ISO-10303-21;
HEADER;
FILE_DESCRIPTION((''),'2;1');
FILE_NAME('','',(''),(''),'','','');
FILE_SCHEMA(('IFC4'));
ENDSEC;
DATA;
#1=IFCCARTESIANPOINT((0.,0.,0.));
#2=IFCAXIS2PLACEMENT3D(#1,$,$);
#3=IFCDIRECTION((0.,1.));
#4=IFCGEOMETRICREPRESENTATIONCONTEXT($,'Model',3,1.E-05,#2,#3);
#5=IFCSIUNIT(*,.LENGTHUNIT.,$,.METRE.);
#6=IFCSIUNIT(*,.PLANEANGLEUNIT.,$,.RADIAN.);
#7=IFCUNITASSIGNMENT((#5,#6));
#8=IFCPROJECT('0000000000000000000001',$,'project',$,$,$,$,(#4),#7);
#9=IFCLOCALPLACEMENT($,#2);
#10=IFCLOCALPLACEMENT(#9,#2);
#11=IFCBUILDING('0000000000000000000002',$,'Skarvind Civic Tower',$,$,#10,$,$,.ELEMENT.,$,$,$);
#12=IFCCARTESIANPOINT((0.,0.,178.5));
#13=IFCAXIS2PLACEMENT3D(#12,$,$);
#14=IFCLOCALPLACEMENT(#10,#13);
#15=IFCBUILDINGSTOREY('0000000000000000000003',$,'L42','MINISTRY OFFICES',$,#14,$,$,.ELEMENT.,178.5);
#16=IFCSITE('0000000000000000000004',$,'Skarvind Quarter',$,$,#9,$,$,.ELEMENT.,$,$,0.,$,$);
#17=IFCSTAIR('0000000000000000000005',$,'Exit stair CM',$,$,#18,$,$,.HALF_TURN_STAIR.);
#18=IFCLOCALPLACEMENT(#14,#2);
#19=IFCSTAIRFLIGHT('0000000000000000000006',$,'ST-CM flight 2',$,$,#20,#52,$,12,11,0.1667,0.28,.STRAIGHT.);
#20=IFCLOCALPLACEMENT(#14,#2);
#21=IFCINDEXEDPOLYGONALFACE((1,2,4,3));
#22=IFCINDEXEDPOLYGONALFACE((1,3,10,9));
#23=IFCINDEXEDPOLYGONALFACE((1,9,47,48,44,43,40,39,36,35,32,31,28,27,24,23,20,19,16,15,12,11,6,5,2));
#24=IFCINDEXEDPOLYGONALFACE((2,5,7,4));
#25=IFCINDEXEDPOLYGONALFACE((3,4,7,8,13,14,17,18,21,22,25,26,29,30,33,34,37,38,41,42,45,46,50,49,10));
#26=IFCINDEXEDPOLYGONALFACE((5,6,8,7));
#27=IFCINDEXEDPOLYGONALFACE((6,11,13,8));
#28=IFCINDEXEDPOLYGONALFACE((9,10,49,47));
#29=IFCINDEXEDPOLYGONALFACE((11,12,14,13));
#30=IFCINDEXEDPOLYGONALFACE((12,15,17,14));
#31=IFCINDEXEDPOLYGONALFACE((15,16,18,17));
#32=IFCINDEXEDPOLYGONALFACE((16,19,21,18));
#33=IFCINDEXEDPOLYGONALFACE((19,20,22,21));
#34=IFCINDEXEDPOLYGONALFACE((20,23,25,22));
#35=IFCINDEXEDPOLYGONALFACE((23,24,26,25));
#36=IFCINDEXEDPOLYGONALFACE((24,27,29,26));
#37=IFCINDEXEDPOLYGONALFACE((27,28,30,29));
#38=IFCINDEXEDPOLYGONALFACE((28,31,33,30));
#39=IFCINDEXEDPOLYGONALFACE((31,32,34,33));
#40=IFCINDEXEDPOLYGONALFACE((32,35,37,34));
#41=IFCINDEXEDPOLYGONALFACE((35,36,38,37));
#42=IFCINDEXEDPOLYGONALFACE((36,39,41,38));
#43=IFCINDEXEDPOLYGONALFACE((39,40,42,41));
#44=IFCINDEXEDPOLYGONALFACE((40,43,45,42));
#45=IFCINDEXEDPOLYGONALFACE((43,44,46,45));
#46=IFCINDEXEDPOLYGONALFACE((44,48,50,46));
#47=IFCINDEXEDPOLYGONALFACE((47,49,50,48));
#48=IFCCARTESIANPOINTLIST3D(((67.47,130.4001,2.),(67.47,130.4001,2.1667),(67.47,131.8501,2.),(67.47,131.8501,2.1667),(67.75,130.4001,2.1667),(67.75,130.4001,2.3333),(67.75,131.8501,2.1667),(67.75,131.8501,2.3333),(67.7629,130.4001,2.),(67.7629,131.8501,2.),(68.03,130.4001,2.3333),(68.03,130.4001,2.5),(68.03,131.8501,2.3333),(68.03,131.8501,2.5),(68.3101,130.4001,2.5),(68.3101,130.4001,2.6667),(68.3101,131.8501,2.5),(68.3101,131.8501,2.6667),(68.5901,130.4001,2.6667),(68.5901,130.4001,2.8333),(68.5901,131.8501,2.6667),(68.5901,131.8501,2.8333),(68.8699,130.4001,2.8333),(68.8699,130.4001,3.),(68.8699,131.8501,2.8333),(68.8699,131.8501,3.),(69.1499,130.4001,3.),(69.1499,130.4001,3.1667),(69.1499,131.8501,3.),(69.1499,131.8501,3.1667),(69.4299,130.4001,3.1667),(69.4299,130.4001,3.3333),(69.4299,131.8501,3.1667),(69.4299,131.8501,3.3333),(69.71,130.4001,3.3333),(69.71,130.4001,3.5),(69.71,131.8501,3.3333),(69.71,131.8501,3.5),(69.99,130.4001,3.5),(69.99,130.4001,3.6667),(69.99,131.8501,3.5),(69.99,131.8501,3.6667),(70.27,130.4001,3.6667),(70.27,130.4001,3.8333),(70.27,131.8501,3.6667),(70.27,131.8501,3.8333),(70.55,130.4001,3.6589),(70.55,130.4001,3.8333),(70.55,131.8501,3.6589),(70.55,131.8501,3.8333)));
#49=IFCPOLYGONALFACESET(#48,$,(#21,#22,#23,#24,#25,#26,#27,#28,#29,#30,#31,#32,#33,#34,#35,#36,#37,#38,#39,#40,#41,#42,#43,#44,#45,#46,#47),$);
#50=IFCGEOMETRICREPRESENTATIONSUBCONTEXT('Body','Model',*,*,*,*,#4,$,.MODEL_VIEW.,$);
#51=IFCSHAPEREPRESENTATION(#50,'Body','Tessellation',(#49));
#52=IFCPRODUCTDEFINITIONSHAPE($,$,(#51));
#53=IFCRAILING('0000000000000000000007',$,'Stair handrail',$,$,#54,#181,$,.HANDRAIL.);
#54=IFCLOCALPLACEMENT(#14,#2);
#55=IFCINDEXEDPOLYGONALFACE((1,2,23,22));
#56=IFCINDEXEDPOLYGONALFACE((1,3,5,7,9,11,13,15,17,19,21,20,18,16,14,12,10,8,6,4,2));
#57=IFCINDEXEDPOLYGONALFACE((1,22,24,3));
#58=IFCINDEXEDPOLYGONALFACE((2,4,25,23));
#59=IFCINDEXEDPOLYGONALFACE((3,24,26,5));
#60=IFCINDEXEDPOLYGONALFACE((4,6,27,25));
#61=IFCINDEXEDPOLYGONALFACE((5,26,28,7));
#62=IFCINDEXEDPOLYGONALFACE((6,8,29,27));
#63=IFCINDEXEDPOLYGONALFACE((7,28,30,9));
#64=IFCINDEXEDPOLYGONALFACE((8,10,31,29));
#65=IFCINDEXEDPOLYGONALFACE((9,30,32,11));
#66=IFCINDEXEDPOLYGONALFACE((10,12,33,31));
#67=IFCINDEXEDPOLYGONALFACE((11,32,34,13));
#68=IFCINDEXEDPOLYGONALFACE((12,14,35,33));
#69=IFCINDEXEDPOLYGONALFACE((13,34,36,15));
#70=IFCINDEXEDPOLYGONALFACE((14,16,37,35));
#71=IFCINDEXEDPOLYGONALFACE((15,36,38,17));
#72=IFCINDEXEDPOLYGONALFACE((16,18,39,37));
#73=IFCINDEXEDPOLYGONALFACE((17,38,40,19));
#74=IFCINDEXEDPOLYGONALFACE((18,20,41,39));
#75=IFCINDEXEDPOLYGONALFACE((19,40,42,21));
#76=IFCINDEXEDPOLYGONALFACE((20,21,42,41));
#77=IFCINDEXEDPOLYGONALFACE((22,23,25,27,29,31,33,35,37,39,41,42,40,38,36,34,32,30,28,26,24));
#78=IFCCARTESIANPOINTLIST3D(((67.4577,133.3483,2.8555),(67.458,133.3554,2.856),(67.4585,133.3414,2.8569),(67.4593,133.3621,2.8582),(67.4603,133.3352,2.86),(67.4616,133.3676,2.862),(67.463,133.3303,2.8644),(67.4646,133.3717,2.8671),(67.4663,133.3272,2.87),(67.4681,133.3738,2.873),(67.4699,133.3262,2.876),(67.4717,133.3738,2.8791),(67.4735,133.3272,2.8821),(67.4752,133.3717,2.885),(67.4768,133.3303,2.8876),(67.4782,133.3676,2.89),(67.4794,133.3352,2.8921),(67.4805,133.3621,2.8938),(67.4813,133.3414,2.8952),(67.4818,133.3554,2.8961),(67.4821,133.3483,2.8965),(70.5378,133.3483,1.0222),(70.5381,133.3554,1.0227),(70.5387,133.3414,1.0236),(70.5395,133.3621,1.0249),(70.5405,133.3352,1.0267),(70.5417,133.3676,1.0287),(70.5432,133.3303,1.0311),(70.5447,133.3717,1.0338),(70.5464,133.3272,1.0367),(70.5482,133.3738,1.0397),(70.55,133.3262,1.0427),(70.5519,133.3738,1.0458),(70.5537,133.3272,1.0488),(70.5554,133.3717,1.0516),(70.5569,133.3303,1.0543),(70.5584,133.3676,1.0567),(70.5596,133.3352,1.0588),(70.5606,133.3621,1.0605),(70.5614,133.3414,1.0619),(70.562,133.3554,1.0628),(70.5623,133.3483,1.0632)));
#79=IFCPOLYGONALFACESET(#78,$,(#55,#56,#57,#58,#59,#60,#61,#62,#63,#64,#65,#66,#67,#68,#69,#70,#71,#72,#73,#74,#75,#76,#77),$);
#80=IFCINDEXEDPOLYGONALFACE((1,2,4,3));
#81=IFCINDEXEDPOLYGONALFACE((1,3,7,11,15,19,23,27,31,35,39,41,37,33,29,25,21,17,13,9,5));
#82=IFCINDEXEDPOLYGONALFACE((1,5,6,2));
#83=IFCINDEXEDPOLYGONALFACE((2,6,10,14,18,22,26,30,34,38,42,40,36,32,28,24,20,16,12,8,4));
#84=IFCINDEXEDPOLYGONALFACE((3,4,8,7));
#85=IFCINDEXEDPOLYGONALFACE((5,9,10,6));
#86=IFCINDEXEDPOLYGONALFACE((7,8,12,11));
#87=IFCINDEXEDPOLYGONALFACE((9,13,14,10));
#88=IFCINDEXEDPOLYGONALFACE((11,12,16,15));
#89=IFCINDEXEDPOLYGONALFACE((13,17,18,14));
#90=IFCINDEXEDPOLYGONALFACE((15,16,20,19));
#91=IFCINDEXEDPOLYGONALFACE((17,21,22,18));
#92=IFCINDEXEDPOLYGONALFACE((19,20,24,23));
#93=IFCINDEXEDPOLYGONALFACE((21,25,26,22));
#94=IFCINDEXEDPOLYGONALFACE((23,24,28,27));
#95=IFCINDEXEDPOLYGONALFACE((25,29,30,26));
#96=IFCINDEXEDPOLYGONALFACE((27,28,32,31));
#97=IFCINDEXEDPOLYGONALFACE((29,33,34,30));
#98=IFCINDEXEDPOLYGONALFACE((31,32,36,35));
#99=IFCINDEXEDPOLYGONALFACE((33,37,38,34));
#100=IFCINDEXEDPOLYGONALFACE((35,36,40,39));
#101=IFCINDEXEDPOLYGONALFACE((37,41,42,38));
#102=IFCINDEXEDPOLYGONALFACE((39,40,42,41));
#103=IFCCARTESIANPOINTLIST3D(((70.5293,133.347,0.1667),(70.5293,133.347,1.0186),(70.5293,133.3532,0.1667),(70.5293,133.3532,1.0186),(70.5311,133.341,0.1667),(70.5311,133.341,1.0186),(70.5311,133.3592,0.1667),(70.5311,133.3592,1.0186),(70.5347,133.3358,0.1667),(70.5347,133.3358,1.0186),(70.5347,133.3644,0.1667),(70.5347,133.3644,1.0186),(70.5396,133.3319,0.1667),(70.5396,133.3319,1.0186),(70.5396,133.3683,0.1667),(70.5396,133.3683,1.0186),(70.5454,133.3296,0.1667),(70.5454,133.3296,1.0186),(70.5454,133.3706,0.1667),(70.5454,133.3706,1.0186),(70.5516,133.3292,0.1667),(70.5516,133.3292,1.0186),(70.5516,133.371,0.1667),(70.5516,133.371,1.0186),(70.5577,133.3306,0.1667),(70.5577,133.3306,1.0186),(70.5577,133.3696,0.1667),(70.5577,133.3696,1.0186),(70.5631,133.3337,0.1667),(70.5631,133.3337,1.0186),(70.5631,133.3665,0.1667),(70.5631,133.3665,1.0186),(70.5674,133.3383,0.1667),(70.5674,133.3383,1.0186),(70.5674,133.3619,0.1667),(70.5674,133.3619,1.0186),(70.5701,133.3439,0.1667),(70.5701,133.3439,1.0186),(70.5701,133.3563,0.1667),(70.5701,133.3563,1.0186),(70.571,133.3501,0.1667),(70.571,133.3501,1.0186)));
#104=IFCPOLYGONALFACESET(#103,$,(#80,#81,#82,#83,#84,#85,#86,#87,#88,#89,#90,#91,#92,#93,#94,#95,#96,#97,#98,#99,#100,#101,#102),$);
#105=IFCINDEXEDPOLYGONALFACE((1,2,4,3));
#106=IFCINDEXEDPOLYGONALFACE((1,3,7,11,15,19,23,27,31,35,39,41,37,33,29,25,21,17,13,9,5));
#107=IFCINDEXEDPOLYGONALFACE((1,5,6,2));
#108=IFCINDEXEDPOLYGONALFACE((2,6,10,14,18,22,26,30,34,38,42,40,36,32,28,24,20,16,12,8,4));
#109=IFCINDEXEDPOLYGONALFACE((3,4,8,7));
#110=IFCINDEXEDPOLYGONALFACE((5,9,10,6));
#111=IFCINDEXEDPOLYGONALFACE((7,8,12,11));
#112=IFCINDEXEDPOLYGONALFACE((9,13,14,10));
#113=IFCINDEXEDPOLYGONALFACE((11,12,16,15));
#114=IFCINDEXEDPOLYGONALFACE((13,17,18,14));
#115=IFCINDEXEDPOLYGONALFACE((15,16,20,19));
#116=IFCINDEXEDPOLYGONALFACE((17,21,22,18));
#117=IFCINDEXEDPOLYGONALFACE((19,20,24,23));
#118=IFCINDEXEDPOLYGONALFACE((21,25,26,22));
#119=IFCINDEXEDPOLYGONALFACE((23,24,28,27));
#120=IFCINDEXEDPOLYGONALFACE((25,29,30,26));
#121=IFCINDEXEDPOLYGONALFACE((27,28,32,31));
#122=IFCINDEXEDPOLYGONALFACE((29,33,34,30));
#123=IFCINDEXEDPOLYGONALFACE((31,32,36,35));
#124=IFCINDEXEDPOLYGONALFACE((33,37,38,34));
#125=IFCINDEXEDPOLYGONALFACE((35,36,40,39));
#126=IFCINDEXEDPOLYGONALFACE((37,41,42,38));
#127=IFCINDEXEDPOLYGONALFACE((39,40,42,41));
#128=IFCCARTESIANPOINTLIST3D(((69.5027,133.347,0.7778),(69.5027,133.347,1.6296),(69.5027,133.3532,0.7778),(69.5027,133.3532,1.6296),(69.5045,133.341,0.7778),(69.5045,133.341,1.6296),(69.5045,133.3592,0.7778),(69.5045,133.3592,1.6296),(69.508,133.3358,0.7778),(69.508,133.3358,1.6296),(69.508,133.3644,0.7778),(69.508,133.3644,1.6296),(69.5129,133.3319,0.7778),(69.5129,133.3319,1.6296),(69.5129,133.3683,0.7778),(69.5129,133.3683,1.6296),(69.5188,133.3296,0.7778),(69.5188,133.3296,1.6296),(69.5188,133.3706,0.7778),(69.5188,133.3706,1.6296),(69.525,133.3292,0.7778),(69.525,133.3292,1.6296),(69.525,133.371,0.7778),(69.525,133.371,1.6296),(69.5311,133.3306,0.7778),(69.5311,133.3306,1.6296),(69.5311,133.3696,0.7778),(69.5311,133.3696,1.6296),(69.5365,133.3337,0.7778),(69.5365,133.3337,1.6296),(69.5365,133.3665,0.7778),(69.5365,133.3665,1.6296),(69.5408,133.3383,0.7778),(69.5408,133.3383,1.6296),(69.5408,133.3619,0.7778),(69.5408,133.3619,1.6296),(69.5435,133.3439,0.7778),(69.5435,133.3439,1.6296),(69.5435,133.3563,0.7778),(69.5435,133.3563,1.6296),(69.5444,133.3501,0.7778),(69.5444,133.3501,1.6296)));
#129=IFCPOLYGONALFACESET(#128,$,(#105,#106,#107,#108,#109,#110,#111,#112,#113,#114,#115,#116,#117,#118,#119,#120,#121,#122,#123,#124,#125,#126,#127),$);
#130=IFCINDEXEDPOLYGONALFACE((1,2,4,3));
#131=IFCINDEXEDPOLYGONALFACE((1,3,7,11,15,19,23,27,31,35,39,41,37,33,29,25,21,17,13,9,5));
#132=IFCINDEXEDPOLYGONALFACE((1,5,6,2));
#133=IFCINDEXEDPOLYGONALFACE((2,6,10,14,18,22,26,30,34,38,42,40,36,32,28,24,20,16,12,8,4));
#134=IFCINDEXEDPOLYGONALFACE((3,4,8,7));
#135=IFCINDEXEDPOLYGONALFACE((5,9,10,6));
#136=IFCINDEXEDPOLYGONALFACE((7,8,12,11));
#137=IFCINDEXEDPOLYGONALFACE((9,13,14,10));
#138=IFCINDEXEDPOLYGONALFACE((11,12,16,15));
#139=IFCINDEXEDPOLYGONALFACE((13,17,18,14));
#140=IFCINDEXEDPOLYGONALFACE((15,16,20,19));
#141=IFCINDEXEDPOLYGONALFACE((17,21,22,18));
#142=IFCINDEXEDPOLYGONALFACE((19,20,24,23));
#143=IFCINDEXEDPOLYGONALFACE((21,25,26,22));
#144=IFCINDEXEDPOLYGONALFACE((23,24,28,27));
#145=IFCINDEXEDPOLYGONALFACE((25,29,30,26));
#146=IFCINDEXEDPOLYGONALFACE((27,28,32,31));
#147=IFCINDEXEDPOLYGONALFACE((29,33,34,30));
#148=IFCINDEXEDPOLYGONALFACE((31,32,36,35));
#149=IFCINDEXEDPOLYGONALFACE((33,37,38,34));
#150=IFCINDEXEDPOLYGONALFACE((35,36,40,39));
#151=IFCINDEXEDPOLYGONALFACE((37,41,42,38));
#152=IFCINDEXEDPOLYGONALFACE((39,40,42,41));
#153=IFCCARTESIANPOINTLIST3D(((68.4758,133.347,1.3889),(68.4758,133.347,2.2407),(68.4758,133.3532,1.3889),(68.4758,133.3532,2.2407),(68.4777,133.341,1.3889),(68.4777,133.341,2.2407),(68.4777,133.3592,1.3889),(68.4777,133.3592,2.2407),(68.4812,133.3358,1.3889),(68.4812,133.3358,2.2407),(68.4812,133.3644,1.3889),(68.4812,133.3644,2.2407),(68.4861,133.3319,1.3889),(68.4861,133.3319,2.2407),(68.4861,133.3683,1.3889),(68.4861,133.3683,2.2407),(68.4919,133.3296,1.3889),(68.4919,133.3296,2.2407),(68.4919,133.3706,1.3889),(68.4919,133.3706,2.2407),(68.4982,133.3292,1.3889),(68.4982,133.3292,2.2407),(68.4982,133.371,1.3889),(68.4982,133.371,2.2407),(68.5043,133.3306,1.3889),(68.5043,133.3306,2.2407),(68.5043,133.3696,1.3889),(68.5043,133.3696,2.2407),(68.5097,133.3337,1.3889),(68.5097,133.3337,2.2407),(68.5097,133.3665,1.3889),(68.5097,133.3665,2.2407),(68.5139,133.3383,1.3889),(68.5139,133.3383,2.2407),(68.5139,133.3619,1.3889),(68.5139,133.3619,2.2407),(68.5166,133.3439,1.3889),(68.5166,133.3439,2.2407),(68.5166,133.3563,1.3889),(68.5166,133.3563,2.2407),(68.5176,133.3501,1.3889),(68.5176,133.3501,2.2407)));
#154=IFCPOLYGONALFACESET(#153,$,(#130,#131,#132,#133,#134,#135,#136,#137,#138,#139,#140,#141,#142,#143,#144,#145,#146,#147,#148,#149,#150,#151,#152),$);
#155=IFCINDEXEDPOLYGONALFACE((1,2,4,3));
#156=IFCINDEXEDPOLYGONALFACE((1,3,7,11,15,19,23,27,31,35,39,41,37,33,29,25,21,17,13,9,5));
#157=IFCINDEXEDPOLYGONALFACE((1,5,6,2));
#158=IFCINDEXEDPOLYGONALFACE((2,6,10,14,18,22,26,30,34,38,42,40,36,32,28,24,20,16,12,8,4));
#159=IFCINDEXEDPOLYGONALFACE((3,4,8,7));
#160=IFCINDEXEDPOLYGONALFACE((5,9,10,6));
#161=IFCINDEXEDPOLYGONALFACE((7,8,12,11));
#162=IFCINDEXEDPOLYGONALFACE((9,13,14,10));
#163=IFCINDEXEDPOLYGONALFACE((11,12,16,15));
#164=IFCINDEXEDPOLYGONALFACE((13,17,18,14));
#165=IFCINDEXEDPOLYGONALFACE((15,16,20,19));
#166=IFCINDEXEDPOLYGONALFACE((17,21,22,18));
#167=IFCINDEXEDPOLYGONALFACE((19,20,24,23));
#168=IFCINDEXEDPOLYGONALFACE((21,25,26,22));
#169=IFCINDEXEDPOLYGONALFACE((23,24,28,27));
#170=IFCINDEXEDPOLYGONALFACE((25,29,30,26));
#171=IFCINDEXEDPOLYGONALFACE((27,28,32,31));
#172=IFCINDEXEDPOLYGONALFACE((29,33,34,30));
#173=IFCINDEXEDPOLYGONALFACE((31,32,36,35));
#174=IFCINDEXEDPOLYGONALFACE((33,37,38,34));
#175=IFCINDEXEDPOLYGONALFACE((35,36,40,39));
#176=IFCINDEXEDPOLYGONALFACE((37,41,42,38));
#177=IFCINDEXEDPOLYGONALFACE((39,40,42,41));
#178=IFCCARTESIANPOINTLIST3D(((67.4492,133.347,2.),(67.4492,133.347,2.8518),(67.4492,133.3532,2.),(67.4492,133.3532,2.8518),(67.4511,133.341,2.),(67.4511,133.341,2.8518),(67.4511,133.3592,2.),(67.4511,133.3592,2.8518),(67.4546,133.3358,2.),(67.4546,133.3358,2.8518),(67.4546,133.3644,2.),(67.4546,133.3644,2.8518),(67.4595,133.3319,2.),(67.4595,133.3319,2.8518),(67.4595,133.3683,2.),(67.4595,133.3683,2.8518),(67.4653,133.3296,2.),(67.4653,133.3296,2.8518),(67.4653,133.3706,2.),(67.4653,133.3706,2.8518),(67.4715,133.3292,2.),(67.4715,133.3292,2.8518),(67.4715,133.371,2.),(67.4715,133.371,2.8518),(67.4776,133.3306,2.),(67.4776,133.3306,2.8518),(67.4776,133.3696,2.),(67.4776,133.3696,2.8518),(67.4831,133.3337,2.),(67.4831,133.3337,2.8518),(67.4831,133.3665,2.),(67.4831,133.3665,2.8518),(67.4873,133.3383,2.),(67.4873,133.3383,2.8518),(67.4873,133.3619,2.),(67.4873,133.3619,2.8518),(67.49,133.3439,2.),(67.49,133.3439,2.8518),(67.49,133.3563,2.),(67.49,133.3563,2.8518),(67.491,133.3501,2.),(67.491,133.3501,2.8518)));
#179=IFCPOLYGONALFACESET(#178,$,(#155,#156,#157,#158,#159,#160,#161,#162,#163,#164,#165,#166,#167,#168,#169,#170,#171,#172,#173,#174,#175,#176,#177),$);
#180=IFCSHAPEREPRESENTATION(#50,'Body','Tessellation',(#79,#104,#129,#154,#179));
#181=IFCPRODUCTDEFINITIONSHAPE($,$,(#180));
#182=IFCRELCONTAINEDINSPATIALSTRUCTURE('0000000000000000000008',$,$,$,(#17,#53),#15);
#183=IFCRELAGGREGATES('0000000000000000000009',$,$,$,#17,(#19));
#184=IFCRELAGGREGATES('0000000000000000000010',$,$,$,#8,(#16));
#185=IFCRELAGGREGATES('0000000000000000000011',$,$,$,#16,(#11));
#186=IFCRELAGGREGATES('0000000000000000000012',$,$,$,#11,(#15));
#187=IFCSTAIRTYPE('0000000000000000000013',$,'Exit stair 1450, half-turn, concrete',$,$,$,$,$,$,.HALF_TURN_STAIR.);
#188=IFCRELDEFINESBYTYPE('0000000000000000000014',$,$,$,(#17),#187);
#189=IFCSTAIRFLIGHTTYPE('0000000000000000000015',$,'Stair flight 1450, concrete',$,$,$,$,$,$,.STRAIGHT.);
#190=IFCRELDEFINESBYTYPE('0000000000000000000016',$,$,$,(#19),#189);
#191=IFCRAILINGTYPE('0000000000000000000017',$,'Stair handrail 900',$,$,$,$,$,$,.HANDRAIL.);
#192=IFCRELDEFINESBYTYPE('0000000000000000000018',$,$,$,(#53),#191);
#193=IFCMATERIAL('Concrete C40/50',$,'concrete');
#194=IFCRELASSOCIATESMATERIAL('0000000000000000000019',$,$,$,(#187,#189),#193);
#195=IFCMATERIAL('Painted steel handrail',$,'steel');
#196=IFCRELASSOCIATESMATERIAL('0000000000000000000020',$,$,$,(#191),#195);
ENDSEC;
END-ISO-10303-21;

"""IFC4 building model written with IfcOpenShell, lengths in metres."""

from ifc_helpers import new_model, si_unit, direction, frame, origin, origin_2d, place, context, subcontext, project, spatial, polyline, circle, outline, extrude, material, type_object, element, aggregate, save


model = new_model("IFC4")

# Units and contexts
model_context = context("Model", 3, precision=1e-05, world=origin(), true_north=direction((0.0, 1.0)))
body_context = subcontext(model_context, "Body", "Model", "MODEL_VIEW")
ifc_project = project(units=[si_unit("LENGTHUNIT", "METRE"), si_unit("PLANEANGLEUNIT", "RADIAN")], contexts=[model_context])

# Site, building, storey
site_placement = place(None, origin())
site = spatial("IfcSite", under=ifc_project, at=site_placement, Name="Skarvind Quarter", CompositionType="ELEMENT", RefElevation=0.0)
building_placement = place(site_placement, origin())
building = spatial("IfcBuilding", under=site, at=building_placement, Name="Skarvind Civic Tower", CompositionType="ELEMENT")
storey_placement = place(building_placement, frame((0.0, 0.0, 178.5)))
storey = spatial("IfcBuildingStorey", under=building, at=storey_placement, Name="L42", Description="MINISTRY OFFICES", CompositionType="ELEMENT", Elevation=178.5)

# Stair, stair flight
ifc_material_1 = material(Name="Concrete C40/50", Category="concrete")
stair_type = type_object("IfcStairType", Name="Exit stair 1450, half-turn, concrete", PredefinedType="HALF_TURN_STAIR", material=ifc_material_1)
stair_placement = place(storey_placement, origin())
stair = element("IfcStair", 1, at=stair_placement, inside=storey, type_object=stair_type, Name="Exit stair CM", PredefinedType="HALF_TURN_STAIR")
stair_flight_type = type_object("IfcStairFlightType", Name="Stair flight 1450, concrete", PredefinedType="STRAIGHT", material=ifc_material_1)
stair_flight_1_placement = place(storey_placement, frame((67.47, 131.125, 2.0), z_axis=(0.0, 0.0, 1.0), x_axis=(1.0, 0.0, 0.0)))
stair_flight_1 = element("IfcStairFlight", 2, at=stair_flight_1_placement, type_object=stair_flight_type, Name="ST-CM flight 2", NumberOfRisers=12, NumberOfTreads=11, PredefinedType="STRAIGHT", RiserHeight=0.1667, TreadLength=0.28, context=body_context, shape_type="SweptSolid", body=[
    extrude(outline(polyline([(0.0, 0.0), (0.0, 0.1667), (0.28, 0.1667), (0.28, 0.3333), (0.5601, 0.3333), (0.5601, 0.5), (0.8401, 0.5), (0.8401, 0.6667), (1.1201, 0.6667), (1.1201, 0.8333), (1.3999, 0.8333), (1.3999, 1.0), (1.6799, 1.0), (1.6799, 1.1667), (1.96, 1.1667), (1.96, 1.3333), (2.24, 1.3333), (2.24, 1.5), (2.52, 1.5), (2.52, 1.6667), (2.8, 1.6667), (2.8, 1.8333), (3.0801, 1.8333), (3.0801, 2.0), (3.0801, 1.6589), (0.293, 0.0), (0.0, 0.0)])), frame((0.0, 0.7251, 0.0), z_axis=(0.0, -1.0, 0.0), x_axis=(1.0, 0.0, 0.0)), (0.0, 0.0, 1.0), 1.45),
])
aggregate(stair, [stair_flight_1])

# Railing
ifc_material_2 = material(Name="Painted steel handrail", Category="steel")
railing_type_1 = type_object("IfcRailingType", Name="Stair handrail 900", PredefinedType="HANDRAIL", material=ifc_material_2)
railing_1_placement = place(storey_placement, frame((70.55, 133.3501, 0.1667)))
element("IfcRailing", 3, at=railing_1_placement, inside=storey, type_object=railing_type_1, Name="Stair handrail", PredefinedType="HANDRAIL", context=body_context, shape_type="SweptSolid", body=[
    extrude(circle(Radius=0.0239, at=origin_2d()), frame((0.0, 0.0, 0.876), z_axis=(-0.859309, 0.0, 0.511458), x_axis=(0.0, -1.0, 0.0)), (0.0, 0.0, 1.0), 3.5845),
    extrude(circle(Radius=0.021, at=origin_2d()), origin(), (0.0, 0.0, 1.0), 0.8518),
    extrude(circle(Radius=0.021, at=origin_2d()), frame((-1.0266, 0.0, 0.6111)), (0.0, 0.0, 1.0), 0.8518),
    extrude(circle(Radius=0.021, at=origin_2d()), frame((-2.0535, 0.0, 1.2222)), (0.0, 0.0, 1.0), 0.8518),
    extrude(circle(Radius=0.021, at=origin_2d()), frame((-3.0801, 0.0, 1.8333)), (0.0, 0.0, 1.0), 0.8518),
])

save(model, "model.ifc")
